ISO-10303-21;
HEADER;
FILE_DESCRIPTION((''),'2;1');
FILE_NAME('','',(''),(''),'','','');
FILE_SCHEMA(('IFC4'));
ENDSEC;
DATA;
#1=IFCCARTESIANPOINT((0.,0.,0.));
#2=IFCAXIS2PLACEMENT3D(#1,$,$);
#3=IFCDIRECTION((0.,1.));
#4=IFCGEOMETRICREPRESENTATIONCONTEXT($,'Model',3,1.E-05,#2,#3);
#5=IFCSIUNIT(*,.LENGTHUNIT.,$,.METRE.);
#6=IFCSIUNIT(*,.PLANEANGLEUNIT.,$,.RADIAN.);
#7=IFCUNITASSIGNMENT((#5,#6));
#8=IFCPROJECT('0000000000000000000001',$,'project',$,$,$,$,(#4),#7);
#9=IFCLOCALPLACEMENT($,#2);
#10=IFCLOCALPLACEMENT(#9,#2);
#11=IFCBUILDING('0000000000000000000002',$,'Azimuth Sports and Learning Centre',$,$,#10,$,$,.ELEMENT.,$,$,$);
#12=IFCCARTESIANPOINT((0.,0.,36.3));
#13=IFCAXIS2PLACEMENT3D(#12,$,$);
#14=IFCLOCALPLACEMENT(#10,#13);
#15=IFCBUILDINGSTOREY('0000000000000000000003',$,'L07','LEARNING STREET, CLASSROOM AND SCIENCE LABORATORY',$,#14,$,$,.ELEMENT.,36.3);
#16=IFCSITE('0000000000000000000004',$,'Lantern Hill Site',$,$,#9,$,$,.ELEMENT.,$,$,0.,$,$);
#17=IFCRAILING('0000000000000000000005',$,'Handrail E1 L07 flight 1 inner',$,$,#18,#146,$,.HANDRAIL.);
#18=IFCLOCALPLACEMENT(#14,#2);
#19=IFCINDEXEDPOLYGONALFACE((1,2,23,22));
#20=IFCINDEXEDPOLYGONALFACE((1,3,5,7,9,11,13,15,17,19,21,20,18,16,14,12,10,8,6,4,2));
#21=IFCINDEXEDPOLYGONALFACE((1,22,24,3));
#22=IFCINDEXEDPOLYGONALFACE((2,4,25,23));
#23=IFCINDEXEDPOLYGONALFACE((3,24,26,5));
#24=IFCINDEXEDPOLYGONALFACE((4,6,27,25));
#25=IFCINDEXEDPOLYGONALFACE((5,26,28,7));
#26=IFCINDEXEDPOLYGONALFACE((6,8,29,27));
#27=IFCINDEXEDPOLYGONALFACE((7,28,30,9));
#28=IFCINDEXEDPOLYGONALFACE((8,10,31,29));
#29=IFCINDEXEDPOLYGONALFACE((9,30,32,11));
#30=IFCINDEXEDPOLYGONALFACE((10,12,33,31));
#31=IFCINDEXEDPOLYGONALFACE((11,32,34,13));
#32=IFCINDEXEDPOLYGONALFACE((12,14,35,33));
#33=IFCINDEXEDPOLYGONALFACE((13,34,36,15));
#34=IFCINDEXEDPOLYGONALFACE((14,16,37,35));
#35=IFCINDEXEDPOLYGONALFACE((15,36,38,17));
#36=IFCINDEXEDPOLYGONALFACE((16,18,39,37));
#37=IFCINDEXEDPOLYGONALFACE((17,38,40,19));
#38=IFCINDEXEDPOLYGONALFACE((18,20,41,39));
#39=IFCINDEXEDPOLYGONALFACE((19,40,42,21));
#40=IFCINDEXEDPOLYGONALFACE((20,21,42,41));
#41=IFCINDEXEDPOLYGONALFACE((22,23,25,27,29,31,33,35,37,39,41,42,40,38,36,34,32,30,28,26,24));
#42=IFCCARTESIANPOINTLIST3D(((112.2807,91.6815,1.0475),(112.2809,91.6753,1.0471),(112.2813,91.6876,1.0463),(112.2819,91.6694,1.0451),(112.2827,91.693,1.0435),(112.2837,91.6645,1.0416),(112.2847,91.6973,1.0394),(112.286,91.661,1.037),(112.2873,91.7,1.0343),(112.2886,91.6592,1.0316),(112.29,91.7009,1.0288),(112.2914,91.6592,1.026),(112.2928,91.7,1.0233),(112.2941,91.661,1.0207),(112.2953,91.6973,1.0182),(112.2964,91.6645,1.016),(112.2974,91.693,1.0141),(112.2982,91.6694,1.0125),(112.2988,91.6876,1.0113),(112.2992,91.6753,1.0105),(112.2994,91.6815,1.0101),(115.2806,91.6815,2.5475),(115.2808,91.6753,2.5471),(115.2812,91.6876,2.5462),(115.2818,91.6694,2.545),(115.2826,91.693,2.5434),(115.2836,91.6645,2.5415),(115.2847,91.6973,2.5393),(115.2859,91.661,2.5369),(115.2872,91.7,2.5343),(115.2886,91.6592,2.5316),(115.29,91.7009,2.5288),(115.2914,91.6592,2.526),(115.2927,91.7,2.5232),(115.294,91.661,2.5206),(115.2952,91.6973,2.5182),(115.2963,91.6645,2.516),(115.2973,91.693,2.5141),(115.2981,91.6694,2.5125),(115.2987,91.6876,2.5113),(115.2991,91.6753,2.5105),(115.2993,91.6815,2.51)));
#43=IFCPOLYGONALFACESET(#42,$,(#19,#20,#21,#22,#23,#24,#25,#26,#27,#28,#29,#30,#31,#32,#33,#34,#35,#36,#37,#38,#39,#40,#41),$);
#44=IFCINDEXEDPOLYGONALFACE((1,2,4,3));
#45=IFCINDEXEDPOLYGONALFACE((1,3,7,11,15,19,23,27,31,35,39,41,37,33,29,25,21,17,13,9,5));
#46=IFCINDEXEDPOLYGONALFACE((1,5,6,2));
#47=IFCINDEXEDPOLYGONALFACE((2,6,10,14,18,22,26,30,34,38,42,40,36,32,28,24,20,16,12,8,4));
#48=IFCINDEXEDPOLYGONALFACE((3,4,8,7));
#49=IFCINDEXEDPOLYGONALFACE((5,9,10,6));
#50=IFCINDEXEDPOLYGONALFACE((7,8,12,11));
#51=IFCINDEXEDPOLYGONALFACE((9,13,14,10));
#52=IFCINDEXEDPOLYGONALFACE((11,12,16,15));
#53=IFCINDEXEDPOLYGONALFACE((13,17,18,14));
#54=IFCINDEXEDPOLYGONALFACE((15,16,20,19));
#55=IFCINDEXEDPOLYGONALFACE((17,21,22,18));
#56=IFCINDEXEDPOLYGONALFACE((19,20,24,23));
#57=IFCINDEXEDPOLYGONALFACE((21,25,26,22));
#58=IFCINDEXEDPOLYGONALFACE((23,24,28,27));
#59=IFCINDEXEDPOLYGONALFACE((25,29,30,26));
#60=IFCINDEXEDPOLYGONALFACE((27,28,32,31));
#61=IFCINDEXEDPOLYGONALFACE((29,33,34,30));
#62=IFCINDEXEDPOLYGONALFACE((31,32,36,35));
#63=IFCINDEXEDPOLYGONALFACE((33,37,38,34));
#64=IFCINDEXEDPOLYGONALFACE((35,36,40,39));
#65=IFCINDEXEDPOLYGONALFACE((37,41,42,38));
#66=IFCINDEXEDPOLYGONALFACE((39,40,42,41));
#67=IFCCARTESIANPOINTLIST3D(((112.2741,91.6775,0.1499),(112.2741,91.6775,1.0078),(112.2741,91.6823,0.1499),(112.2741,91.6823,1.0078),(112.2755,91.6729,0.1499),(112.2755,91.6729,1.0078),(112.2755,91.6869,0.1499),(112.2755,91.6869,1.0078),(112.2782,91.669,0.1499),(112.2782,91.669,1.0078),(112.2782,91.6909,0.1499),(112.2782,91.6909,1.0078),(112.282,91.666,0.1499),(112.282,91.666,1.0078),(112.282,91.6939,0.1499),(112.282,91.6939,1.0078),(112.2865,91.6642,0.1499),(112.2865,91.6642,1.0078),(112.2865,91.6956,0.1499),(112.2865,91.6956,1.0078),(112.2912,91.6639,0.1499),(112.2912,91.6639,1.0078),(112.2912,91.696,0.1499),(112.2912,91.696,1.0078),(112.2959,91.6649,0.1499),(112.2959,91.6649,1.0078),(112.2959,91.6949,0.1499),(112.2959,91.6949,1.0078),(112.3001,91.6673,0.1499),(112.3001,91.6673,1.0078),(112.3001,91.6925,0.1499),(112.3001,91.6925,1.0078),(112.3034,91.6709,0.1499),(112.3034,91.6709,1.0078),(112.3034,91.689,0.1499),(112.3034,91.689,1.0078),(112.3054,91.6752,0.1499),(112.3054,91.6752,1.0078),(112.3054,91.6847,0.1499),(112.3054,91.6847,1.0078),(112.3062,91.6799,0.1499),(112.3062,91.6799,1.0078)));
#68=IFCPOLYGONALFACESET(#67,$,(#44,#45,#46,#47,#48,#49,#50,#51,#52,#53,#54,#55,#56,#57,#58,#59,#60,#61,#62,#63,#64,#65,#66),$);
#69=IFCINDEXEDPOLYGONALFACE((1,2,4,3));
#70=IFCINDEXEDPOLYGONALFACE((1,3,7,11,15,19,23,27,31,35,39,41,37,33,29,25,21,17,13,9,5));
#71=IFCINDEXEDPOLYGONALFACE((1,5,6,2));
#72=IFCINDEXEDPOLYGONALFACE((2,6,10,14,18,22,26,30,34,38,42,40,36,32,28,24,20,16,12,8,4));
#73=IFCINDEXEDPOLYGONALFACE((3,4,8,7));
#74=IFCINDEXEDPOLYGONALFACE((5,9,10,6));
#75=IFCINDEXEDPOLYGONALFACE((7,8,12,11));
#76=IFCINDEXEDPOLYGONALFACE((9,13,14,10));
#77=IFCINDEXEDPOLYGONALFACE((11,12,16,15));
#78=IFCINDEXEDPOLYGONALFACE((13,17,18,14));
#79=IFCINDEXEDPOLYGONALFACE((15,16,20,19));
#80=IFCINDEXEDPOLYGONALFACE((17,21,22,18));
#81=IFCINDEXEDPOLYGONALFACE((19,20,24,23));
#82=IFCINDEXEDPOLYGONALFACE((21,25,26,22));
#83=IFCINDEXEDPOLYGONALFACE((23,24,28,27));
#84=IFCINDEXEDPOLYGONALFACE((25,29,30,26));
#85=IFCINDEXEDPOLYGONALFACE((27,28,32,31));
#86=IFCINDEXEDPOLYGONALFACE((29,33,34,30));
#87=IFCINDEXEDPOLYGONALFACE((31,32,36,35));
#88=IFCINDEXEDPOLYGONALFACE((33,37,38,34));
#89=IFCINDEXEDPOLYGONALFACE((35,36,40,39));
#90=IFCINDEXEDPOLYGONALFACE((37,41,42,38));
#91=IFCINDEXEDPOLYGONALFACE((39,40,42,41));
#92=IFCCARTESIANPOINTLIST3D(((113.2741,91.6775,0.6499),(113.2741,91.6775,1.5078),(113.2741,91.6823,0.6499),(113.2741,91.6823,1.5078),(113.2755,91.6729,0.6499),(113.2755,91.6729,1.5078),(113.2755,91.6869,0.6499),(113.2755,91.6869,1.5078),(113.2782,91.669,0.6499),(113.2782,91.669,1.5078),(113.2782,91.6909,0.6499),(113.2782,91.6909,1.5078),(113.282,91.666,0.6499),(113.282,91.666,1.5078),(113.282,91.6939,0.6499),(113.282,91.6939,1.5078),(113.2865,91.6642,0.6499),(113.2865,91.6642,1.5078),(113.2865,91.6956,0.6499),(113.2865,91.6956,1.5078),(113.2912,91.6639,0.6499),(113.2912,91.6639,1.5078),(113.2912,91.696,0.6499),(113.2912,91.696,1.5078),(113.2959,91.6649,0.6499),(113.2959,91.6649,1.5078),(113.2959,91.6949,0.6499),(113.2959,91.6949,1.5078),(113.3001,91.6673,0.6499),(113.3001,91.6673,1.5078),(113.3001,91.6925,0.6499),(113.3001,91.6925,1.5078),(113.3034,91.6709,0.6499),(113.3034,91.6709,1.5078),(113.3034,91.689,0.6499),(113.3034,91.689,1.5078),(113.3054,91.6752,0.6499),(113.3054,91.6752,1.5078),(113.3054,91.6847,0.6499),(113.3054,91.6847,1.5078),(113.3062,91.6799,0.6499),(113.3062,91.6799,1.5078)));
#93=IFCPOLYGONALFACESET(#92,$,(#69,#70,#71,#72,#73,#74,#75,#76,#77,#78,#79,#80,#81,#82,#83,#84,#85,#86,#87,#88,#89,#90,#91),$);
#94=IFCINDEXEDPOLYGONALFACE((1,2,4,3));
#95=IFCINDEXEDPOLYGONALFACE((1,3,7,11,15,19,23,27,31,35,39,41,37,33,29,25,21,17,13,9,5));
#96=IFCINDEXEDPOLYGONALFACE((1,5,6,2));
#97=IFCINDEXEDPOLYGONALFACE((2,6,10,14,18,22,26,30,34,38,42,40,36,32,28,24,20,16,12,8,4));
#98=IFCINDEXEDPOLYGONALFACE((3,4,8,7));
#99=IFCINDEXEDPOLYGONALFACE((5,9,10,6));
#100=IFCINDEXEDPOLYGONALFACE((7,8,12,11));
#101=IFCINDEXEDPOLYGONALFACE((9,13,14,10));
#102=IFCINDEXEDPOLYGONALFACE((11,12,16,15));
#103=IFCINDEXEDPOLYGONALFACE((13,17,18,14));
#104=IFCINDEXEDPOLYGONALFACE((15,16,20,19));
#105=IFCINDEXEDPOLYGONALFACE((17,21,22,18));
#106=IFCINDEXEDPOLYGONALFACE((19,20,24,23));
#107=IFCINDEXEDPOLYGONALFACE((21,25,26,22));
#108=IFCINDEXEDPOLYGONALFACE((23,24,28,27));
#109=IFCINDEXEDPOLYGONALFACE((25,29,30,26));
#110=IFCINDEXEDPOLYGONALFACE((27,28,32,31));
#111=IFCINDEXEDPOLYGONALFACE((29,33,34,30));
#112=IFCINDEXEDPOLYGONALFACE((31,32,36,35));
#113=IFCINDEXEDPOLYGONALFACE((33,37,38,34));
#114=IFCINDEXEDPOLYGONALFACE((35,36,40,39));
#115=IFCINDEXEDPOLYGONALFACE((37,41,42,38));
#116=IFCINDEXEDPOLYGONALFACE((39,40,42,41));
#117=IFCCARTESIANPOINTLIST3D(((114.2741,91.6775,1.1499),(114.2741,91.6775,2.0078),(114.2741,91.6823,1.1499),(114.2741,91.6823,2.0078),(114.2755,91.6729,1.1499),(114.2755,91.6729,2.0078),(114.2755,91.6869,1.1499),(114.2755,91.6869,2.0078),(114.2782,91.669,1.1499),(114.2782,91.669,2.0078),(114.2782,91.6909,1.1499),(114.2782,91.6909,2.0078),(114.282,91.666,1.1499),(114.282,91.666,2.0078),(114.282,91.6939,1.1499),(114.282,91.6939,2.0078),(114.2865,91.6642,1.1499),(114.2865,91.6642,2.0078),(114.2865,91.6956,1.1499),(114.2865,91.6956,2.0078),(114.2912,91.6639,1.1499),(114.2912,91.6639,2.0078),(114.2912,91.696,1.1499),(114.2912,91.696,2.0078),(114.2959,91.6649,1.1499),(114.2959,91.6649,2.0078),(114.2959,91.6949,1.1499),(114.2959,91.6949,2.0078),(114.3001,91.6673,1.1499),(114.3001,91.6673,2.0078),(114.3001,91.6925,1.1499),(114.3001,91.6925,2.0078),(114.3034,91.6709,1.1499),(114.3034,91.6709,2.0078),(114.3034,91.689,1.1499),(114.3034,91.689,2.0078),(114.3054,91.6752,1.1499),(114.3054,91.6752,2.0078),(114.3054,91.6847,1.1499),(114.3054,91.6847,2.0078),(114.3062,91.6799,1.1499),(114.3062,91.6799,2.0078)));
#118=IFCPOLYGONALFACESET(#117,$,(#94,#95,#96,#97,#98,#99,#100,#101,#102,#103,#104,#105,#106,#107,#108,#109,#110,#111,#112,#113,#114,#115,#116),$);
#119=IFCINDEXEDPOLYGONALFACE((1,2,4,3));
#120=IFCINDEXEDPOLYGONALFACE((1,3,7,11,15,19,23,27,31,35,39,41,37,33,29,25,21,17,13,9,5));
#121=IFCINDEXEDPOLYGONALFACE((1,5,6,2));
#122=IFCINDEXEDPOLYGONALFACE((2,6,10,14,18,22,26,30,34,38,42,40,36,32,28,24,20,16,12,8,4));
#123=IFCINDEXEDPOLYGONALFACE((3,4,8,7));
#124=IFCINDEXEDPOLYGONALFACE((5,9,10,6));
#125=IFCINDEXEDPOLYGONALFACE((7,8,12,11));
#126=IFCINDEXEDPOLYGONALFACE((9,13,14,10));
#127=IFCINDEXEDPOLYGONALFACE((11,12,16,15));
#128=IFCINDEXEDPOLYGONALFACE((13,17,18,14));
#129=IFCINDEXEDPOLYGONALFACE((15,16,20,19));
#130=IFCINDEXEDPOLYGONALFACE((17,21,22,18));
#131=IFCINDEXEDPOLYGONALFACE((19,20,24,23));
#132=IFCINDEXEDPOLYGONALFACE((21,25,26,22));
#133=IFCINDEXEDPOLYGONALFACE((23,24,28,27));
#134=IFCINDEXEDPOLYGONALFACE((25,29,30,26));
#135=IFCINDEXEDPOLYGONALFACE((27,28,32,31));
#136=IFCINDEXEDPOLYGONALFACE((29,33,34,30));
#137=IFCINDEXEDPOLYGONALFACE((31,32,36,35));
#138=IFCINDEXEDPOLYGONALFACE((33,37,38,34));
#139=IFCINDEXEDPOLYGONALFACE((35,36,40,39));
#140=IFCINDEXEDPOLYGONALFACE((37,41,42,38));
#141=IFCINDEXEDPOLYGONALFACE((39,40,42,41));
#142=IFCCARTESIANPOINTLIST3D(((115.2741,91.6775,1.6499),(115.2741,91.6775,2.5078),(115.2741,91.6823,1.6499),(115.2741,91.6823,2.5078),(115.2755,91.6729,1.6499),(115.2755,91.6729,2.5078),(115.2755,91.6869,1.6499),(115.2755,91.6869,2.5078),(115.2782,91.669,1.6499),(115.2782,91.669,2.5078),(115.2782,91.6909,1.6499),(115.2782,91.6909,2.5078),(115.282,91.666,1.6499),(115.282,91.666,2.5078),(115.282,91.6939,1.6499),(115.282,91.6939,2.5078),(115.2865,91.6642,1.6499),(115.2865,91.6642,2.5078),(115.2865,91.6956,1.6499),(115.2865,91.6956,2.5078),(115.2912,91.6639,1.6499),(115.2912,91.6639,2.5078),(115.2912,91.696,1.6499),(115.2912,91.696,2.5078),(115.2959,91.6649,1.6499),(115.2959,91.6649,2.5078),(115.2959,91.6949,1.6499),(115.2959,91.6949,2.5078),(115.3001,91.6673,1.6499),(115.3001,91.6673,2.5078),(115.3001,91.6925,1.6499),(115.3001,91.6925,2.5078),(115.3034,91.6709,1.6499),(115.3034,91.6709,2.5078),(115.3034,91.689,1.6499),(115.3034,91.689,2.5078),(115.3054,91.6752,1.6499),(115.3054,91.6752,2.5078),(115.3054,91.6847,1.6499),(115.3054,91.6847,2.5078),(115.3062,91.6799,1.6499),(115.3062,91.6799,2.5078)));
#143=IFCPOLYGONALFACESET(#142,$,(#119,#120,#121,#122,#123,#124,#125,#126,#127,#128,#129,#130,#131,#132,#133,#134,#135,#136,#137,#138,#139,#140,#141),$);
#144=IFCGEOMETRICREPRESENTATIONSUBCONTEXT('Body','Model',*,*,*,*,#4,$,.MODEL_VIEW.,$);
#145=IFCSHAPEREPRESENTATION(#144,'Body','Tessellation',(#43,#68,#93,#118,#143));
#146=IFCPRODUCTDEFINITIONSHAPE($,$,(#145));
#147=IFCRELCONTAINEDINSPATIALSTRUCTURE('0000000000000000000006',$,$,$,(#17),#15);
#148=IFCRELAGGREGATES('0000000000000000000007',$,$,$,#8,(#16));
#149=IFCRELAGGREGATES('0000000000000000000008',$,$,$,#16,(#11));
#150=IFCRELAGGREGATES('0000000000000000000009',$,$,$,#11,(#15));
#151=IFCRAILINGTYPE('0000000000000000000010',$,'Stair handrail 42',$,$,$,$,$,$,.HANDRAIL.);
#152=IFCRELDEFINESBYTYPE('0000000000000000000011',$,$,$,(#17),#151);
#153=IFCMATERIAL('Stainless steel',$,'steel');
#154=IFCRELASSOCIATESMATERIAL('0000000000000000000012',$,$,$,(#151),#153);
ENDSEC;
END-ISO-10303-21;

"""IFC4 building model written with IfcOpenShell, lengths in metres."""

from ifc_helpers import new_model, si_unit, direction, frame, origin, origin_2d, place, context, subcontext, project, spatial, circle, extrude, material, type_object, element, save


model = new_model("IFC4")

# Units and contexts
model_context = context("Model", 3, precision=1e-05, world=origin(), true_north=direction((0.0, 1.0)))
body_context = subcontext(model_context, "Body", "Model", "MODEL_VIEW")
ifc_project = project(units=[si_unit("LENGTHUNIT", "METRE"), si_unit("PLANEANGLEUNIT", "RADIAN")], contexts=[model_context])

# Site, building, storey
site_placement = place(None, origin())
site = spatial("IfcSite", under=ifc_project, at=site_placement, Name="Lantern Hill Site", CompositionType="ELEMENT", RefElevation=0.0)
building_placement = place(site_placement, origin())
building = spatial("IfcBuilding", under=site, at=building_placement, Name="Azimuth Sports and Learning Centre", CompositionType="ELEMENT")
storey_placement = place(building_placement, frame((0.0, 0.0, 36.3)))
storey = spatial("IfcBuildingStorey", under=building, at=storey_placement, Name="L07", Description="LEARNING STREET, CLASSROOM AND SCIENCE LABORATORY", CompositionType="ELEMENT", Elevation=36.3)

# Railing
ifc_material_1 = material(Name="Stainless steel", Category="steel")
railing_type_1 = type_object("IfcRailingType", Name="Stair handrail 42", PredefinedType="HANDRAIL", material=ifc_material_1)
for number, where, name in (
    (1, (112.29, 91.6799, 0.1499), "Handrail E1 L07 flight 1 inner"),
):
    element("IfcRailing", number, at=place(storey_placement, frame(where)), inside=storey, type_object=railing_type_1, Name=name, PredefinedType="HANDRAIL", context=body_context, shape_type="SweptSolid", body=[
        extrude(circle(Radius=0.021, at=origin_2d()), frame((0.0, 0.0, 0.8789), z_axis=(0.894427, 0.0, 0.447214), x_axis=(0.0, 1.0, 0.0)), (0.0, 0.0, 1.0), 3.354),
        extrude(circle(Radius=0.0161, at=origin_2d()), origin(), (0.0, 0.0, 1.0), 0.8579),
        extrude(circle(Radius=0.0161, at=origin_2d()), frame((1.0, 0.0, 0.5)), (0.0, 0.0, 1.0), 0.8579),
        extrude(circle(Radius=0.0161, at=origin_2d()), frame((2.0, 0.0, 1.0)), (0.0, 0.0, 1.0), 0.8579),
        extrude(circle(Radius=0.0161, at=origin_2d()), frame((3.0, 0.0, 1.5)), (0.0, 0.0, 1.0), 0.8579),
    ])

save(model, "model.ifc")
